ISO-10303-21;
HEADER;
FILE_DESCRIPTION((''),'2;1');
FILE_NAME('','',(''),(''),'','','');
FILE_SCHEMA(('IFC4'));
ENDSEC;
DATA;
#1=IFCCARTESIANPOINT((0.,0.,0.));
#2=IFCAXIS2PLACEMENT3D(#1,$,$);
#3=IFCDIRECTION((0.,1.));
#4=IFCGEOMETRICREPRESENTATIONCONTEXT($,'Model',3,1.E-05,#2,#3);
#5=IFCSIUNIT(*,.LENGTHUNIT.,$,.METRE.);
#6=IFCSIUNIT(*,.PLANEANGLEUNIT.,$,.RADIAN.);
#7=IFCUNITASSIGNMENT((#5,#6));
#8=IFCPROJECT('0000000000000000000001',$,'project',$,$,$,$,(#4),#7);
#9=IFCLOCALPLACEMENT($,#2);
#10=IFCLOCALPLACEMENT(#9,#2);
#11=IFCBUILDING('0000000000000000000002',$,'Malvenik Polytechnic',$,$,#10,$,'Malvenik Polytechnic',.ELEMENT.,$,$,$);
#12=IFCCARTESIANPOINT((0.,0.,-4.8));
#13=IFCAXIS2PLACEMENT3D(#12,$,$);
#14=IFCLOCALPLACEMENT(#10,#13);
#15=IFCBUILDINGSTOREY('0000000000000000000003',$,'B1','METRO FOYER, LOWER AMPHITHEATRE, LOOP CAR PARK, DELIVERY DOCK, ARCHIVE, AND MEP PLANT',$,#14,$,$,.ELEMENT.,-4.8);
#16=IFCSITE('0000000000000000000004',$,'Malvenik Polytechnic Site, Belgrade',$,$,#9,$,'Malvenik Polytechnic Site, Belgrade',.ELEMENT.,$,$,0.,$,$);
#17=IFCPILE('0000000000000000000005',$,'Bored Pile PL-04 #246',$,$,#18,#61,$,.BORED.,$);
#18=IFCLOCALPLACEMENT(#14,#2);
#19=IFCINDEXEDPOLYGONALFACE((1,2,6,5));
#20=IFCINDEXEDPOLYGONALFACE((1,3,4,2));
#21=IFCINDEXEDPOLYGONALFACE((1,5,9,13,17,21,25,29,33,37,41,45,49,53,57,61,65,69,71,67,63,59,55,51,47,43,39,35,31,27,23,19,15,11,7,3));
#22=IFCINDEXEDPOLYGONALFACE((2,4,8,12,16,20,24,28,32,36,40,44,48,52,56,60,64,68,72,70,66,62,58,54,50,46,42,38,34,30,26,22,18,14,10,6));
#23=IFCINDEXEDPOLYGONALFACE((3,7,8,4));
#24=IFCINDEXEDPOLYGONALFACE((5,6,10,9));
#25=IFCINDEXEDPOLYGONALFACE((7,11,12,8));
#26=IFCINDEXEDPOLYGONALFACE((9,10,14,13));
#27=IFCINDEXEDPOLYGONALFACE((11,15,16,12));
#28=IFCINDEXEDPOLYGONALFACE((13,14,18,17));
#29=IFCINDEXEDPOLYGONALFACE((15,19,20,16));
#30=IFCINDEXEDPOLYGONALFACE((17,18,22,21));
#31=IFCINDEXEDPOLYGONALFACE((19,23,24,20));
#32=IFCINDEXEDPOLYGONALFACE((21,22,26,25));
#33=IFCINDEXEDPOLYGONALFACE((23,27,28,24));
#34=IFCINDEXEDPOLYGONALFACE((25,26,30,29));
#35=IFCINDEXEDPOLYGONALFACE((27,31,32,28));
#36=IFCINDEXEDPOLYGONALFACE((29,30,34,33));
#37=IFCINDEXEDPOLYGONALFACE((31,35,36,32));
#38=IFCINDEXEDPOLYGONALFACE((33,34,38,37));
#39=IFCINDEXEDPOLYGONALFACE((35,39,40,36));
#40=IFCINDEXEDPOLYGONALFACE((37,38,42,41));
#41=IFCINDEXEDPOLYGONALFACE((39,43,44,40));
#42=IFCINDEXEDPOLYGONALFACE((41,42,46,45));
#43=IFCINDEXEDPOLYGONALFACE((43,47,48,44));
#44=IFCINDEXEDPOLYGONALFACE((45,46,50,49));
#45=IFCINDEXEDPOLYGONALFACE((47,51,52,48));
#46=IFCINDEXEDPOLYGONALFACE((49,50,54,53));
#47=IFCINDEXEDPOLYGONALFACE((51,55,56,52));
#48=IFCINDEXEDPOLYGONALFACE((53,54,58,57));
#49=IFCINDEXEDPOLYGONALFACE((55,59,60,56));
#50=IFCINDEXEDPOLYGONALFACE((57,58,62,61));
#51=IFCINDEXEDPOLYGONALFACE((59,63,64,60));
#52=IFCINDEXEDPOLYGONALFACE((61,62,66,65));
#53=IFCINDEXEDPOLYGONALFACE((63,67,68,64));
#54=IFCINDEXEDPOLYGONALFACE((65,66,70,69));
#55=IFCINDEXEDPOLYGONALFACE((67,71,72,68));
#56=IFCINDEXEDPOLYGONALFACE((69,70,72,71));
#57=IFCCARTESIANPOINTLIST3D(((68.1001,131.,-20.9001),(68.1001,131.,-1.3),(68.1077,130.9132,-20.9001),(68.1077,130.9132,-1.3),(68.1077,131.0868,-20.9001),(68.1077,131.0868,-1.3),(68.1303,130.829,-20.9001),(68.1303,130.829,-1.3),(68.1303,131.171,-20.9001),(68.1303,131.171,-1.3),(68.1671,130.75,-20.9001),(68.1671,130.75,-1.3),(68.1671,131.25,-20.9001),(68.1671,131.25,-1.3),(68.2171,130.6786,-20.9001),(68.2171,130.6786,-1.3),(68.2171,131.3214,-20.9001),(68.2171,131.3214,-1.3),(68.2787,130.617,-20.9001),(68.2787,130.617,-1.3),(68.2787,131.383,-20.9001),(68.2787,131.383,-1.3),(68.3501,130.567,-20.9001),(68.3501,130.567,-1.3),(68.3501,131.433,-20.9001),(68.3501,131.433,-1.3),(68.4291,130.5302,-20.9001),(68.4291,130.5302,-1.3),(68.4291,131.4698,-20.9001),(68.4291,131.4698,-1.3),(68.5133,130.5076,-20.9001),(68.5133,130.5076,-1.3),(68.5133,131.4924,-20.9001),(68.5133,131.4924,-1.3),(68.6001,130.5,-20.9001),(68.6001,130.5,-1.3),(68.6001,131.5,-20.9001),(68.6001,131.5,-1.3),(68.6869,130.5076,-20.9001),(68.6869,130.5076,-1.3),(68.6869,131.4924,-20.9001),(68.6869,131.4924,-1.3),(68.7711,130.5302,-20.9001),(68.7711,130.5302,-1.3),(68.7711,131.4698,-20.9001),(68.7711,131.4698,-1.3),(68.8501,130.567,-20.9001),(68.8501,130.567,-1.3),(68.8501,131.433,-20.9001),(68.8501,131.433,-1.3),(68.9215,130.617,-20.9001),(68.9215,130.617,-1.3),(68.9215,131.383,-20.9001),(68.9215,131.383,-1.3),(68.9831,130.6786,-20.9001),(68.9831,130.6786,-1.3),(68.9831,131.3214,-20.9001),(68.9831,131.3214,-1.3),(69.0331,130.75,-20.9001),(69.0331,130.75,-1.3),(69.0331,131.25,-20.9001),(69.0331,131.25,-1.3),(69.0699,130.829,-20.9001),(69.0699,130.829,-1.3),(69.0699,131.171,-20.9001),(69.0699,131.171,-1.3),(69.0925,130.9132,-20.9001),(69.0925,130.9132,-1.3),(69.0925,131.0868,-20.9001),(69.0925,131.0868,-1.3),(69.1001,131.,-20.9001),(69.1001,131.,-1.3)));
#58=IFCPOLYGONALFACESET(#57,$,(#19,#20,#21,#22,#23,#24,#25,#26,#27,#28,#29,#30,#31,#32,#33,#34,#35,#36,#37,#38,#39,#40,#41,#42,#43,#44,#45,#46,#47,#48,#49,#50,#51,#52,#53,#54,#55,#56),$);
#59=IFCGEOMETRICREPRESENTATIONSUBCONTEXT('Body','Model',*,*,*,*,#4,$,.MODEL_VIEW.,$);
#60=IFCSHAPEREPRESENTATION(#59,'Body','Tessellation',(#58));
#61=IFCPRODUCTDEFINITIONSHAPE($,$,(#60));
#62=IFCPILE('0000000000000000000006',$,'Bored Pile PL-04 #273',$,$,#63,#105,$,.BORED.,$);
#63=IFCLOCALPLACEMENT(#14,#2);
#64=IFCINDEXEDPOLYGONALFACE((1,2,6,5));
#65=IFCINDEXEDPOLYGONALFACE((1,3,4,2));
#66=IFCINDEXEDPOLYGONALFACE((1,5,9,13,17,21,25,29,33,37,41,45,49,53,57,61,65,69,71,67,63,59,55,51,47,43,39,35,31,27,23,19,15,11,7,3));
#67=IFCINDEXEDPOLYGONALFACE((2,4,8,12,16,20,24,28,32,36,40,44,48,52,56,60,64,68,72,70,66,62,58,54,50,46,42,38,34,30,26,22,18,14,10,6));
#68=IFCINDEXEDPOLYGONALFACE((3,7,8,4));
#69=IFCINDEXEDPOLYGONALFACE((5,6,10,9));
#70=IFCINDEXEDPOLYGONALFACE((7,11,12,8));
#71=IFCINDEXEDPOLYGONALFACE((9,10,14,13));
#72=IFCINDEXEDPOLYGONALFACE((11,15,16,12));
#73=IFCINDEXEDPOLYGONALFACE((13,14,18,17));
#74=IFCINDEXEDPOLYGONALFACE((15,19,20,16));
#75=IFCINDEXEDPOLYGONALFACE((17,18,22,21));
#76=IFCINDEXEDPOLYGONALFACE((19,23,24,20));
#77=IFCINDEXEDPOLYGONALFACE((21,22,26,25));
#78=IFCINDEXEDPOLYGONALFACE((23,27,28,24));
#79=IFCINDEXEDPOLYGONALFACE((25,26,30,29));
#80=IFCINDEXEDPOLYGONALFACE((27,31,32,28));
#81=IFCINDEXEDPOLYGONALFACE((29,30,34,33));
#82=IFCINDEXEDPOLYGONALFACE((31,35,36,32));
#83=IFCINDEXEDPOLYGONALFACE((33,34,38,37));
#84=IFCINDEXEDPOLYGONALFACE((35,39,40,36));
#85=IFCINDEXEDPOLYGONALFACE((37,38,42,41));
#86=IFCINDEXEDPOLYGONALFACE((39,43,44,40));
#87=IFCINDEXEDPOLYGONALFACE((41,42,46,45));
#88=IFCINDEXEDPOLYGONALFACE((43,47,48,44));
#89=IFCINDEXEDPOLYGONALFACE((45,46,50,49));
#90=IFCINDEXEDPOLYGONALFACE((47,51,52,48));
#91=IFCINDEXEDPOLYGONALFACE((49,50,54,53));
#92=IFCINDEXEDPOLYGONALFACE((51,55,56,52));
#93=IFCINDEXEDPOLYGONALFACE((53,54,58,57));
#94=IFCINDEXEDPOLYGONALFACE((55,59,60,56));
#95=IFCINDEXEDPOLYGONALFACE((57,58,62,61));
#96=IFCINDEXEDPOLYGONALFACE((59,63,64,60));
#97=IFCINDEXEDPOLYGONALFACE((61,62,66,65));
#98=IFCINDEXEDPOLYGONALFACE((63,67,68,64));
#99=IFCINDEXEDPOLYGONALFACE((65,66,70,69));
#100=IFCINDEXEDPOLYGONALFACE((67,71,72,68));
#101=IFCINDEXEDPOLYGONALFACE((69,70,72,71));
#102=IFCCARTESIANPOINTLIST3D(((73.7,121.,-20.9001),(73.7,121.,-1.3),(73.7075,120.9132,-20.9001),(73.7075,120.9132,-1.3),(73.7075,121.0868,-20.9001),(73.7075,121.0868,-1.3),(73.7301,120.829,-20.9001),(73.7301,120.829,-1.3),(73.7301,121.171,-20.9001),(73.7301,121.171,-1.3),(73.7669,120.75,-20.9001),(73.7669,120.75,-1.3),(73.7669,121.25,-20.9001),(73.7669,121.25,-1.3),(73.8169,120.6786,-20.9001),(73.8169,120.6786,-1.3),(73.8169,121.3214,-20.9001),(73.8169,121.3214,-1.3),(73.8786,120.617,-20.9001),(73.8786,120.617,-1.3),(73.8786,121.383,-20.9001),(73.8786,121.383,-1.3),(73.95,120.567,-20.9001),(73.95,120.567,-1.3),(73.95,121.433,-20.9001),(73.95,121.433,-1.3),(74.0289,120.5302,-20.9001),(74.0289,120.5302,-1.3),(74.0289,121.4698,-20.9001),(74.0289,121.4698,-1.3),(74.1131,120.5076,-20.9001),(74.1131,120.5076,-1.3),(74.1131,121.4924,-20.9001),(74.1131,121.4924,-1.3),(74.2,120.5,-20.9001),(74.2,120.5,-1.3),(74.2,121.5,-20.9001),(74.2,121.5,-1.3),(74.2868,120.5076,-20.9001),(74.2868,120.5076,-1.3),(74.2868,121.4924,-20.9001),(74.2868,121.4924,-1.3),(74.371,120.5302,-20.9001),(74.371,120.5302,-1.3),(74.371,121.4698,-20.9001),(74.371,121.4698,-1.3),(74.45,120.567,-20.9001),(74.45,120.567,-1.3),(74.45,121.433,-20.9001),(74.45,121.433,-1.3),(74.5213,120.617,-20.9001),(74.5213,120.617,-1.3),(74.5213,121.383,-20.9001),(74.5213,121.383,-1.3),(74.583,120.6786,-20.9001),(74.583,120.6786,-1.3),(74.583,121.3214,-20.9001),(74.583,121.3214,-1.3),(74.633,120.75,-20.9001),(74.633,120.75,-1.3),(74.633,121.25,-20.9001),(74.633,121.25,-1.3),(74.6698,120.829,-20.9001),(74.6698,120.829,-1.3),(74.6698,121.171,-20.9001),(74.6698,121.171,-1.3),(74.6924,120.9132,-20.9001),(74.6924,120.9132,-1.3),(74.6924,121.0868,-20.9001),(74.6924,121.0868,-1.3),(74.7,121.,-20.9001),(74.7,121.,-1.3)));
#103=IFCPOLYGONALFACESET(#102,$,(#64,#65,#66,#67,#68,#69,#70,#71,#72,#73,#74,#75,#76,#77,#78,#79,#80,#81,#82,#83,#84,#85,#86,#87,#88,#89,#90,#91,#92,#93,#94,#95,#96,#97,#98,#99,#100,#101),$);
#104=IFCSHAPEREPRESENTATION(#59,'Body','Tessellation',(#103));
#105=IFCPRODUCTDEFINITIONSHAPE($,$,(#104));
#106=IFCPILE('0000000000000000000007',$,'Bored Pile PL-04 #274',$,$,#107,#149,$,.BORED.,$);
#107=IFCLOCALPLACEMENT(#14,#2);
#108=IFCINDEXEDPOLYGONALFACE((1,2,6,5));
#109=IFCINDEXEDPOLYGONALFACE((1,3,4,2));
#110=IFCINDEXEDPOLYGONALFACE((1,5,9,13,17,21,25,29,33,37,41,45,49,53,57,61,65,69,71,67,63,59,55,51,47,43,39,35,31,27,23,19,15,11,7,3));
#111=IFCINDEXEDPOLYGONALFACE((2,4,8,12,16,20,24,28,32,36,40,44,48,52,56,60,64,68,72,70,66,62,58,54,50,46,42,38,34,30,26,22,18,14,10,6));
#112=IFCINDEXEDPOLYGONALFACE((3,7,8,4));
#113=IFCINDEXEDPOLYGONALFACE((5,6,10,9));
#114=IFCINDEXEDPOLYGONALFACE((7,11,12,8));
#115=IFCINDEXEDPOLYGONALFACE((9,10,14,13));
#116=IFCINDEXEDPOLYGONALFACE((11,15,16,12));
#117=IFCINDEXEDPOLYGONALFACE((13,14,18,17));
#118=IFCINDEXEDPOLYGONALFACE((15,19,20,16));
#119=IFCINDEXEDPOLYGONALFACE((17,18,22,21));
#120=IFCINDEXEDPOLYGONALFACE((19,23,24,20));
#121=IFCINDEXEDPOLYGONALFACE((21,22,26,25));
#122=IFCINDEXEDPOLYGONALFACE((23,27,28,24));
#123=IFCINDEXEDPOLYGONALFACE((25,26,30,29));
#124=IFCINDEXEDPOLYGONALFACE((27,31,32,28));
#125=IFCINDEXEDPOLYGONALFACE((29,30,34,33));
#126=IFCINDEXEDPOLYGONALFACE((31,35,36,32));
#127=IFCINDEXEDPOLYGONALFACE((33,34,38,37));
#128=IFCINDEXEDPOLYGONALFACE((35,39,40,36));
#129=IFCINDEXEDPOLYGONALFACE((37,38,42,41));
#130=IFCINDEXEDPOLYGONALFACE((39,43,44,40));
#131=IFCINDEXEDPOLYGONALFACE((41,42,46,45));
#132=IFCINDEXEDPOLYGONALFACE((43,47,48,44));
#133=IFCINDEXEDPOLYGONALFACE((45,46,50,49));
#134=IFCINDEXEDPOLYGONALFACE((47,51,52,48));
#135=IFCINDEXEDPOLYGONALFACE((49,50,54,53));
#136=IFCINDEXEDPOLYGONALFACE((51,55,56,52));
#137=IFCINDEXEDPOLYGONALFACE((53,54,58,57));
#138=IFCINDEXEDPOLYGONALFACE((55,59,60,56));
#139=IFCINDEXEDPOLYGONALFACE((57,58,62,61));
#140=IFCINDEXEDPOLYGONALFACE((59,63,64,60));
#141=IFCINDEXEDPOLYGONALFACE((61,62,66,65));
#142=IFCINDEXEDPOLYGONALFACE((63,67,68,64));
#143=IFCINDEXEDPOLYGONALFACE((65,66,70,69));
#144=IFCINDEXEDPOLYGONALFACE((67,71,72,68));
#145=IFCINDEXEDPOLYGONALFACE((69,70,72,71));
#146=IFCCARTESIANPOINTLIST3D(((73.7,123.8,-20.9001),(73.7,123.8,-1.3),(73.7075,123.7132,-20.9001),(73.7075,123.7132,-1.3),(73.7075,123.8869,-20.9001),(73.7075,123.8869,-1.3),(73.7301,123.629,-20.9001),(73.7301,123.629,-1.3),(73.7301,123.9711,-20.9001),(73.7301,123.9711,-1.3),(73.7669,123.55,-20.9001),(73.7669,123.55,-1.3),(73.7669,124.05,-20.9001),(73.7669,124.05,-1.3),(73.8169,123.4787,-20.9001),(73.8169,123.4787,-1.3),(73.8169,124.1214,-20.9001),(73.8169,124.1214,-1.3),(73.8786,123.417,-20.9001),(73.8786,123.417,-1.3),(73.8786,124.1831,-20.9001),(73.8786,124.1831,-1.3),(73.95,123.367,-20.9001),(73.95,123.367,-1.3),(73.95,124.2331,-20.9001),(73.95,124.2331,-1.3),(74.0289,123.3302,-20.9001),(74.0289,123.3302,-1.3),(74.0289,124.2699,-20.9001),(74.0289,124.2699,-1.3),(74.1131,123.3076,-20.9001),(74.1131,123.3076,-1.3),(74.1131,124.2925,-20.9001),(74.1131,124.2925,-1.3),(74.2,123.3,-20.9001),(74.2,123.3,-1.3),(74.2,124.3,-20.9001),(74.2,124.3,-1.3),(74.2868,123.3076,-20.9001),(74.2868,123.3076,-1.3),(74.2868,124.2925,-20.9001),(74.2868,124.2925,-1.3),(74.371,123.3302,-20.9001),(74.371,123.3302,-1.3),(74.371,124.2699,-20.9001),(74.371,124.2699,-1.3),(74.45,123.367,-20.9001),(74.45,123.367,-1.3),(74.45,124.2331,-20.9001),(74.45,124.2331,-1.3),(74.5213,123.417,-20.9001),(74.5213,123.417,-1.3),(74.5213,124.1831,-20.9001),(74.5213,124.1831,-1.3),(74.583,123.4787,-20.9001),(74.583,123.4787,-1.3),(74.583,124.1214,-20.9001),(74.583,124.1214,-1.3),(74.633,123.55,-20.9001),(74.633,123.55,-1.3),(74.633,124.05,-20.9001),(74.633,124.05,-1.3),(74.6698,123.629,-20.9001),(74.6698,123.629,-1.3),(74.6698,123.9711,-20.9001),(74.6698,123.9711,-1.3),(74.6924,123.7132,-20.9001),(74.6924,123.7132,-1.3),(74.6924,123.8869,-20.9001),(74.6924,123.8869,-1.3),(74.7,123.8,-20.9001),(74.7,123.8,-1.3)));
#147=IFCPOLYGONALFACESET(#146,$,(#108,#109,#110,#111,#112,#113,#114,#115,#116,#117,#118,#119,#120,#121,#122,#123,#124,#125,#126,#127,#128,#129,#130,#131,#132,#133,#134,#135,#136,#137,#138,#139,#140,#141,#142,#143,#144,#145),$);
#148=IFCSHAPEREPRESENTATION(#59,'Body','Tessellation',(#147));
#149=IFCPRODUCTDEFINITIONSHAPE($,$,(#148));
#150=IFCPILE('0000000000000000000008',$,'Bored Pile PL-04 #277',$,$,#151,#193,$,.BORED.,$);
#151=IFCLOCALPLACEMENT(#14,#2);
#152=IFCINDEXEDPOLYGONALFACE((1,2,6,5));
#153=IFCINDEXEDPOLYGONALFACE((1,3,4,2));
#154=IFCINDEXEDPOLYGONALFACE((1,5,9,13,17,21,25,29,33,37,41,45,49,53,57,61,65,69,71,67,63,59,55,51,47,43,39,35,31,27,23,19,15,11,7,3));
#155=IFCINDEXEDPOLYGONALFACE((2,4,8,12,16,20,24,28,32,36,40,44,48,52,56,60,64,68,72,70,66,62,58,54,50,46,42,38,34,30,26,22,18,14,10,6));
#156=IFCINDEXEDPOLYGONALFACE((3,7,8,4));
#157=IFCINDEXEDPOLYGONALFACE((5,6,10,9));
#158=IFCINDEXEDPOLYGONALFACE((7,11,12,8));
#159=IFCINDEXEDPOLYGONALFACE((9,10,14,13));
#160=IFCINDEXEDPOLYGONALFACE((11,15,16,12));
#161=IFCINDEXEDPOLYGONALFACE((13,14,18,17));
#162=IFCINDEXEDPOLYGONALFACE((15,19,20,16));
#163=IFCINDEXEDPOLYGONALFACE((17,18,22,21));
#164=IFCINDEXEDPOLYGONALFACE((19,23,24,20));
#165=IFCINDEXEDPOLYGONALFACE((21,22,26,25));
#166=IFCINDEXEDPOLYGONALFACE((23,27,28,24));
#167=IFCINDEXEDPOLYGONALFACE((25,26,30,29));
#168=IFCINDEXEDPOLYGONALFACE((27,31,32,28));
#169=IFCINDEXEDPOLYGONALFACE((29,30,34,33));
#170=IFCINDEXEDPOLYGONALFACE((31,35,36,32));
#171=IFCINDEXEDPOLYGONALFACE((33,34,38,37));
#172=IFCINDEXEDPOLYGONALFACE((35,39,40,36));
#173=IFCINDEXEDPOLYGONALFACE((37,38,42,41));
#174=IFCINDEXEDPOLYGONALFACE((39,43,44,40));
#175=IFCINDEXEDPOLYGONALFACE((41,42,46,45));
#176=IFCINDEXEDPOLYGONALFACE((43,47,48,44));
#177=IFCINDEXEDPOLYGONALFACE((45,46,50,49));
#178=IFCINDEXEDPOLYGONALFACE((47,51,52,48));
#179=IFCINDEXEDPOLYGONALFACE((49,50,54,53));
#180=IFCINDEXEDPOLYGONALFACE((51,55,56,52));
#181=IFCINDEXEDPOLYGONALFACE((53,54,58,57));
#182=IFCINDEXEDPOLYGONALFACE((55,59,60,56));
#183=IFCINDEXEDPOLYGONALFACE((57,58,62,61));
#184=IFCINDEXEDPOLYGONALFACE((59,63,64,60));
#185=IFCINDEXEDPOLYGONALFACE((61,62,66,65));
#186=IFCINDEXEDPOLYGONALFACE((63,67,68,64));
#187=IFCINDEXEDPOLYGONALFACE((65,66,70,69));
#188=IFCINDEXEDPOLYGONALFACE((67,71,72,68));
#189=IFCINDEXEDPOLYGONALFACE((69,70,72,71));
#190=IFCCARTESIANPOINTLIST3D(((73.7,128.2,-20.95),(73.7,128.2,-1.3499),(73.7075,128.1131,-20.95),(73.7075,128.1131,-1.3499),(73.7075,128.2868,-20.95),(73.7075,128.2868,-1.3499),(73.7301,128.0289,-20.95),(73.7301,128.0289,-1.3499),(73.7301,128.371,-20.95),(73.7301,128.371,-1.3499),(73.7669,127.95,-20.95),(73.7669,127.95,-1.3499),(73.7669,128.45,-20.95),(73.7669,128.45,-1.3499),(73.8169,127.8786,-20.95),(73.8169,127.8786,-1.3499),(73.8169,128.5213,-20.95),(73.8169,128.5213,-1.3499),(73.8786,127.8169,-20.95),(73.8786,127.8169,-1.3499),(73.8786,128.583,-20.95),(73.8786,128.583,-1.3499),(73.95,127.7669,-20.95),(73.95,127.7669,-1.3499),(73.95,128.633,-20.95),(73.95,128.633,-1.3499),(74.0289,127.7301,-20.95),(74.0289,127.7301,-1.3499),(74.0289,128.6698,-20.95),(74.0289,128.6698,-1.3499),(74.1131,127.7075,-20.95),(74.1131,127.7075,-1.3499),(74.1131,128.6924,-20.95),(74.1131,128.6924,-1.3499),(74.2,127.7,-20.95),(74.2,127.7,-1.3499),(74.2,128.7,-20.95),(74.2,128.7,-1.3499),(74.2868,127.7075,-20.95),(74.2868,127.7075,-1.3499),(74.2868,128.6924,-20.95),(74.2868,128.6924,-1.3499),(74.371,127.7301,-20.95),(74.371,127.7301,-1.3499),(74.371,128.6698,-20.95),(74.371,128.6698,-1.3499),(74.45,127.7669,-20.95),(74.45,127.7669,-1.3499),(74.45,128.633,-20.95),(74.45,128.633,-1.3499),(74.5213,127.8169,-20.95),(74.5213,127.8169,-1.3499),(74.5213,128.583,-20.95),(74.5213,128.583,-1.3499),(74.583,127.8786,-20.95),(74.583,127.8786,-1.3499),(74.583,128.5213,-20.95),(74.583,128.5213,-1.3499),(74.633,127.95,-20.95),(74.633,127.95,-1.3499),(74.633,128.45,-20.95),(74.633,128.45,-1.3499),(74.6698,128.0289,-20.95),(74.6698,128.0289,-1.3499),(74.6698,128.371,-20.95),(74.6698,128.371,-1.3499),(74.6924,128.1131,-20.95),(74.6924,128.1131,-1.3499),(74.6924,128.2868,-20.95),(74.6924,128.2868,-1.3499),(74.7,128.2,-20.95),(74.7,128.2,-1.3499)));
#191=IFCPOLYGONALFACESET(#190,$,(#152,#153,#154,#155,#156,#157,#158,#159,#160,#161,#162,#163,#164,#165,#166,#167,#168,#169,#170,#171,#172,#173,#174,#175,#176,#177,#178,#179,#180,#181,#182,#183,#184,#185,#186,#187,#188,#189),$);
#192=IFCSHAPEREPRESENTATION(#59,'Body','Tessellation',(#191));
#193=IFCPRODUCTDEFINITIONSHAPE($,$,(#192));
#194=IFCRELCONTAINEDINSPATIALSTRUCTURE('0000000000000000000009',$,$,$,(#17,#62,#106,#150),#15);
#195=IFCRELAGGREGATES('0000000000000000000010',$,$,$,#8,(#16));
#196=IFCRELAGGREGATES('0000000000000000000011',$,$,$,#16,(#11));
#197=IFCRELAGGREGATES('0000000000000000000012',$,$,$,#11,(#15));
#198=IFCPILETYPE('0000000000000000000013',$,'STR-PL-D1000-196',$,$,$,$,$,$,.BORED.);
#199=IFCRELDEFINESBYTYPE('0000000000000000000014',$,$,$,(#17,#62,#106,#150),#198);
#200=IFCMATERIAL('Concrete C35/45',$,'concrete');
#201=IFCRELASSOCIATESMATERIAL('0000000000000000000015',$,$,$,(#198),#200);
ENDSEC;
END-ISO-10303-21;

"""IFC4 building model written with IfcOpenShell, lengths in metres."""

from ifc_helpers import new_model, si_unit, direction, frame, origin, origin_2d, place, context, subcontext, project, spatial, circle, extrude, material, material_profile, profile_set, type_object, element, save


model = new_model("IFC4")

# Units and contexts
model_context = context("Model", 3, precision=1e-05, world=origin(), true_north=direction((0.0, 1.0)))
body_context = subcontext(model_context, "Body", "Model", "MODEL_VIEW")
ifc_project = project(units=[si_unit("LENGTHUNIT", "METRE"), si_unit("PLANEANGLEUNIT", "RADIAN")], contexts=[model_context])

# Site, building, storey
site_placement = place(None, origin())
site = spatial("IfcSite", under=ifc_project, at=site_placement, Name="Malvenik Polytechnic Site, Belgrade", LongName="Malvenik Polytechnic Site, Belgrade", CompositionType="ELEMENT", RefElevation=0.0)
building_placement = place(site_placement, origin())
building = spatial("IfcBuilding", under=site, at=building_placement, Name="Malvenik Polytechnic", LongName="Malvenik Polytechnic", CompositionType="ELEMENT")
storey_placement = place(building_placement, frame((0.0, 0.0, -4.8)))
storey = spatial("IfcBuildingStorey", under=building, at=storey_placement, Name="B1", Description="METRO FOYER, LOWER AMPHITHEATRE, LOOP CAR PARK, DELIVERY DOCK, ARCHIVE, AND MEP PLANT", CompositionType="ELEMENT", Elevation=-4.8)

# Shared definitions
ifc_material_1 = material(Name="Concrete C35/45", Category="concrete")

# Piles
ifc_material_profile_1 = material_profile(ifc_material_1, circle(Radius=0.5, at=origin_2d()), Name="BORED PILE D1000")
ifc_profile_set_1 = profile_set([ifc_material_profile_1], Name="Concrete C35/45")
pile_type = type_object("IfcPileType", Name="STR-PL-D1000-196", PredefinedType="BORED", material=ifc_profile_set_1)
for number, where, z_axis, x_axis, name in (
    (1, (68.6001, 131.0, -1.3), (0.0, 0.0, -1.0), (1.0, 0.0, 0.0), "Bored Pile PL-04 #246"),
    (2, (74.2, 121.0, -1.3), (0.0, 0.0, -1.0), (1.0, 0.0, 0.0), "Bored Pile PL-04 #273"),
    (3, (74.2, 123.8, -1.3), (0.0, 0.0, -1.0), (1.0, 0.0, 0.0), "Bored Pile PL-04 #274"),
    (4, (74.2, 128.2, -1.3499), (0.0, 0.0, -1.0), (1.0, 0.0, 0.0), "Bored Pile PL-04 #277"),
):
    element("IfcPile", number, at=place(storey_placement, frame(where, z_axis=z_axis, x_axis=x_axis)), inside=storey, type_object=pile_type, Name=name, PredefinedType="BORED", context=body_context, shape_type="SweptSolid", body=[
        extrude(circle(Radius=0.5, at=origin_2d()), origin(), (0.0, 0.0, 1.0), 19.6001),
    ])

save(model, "model.ifc")
